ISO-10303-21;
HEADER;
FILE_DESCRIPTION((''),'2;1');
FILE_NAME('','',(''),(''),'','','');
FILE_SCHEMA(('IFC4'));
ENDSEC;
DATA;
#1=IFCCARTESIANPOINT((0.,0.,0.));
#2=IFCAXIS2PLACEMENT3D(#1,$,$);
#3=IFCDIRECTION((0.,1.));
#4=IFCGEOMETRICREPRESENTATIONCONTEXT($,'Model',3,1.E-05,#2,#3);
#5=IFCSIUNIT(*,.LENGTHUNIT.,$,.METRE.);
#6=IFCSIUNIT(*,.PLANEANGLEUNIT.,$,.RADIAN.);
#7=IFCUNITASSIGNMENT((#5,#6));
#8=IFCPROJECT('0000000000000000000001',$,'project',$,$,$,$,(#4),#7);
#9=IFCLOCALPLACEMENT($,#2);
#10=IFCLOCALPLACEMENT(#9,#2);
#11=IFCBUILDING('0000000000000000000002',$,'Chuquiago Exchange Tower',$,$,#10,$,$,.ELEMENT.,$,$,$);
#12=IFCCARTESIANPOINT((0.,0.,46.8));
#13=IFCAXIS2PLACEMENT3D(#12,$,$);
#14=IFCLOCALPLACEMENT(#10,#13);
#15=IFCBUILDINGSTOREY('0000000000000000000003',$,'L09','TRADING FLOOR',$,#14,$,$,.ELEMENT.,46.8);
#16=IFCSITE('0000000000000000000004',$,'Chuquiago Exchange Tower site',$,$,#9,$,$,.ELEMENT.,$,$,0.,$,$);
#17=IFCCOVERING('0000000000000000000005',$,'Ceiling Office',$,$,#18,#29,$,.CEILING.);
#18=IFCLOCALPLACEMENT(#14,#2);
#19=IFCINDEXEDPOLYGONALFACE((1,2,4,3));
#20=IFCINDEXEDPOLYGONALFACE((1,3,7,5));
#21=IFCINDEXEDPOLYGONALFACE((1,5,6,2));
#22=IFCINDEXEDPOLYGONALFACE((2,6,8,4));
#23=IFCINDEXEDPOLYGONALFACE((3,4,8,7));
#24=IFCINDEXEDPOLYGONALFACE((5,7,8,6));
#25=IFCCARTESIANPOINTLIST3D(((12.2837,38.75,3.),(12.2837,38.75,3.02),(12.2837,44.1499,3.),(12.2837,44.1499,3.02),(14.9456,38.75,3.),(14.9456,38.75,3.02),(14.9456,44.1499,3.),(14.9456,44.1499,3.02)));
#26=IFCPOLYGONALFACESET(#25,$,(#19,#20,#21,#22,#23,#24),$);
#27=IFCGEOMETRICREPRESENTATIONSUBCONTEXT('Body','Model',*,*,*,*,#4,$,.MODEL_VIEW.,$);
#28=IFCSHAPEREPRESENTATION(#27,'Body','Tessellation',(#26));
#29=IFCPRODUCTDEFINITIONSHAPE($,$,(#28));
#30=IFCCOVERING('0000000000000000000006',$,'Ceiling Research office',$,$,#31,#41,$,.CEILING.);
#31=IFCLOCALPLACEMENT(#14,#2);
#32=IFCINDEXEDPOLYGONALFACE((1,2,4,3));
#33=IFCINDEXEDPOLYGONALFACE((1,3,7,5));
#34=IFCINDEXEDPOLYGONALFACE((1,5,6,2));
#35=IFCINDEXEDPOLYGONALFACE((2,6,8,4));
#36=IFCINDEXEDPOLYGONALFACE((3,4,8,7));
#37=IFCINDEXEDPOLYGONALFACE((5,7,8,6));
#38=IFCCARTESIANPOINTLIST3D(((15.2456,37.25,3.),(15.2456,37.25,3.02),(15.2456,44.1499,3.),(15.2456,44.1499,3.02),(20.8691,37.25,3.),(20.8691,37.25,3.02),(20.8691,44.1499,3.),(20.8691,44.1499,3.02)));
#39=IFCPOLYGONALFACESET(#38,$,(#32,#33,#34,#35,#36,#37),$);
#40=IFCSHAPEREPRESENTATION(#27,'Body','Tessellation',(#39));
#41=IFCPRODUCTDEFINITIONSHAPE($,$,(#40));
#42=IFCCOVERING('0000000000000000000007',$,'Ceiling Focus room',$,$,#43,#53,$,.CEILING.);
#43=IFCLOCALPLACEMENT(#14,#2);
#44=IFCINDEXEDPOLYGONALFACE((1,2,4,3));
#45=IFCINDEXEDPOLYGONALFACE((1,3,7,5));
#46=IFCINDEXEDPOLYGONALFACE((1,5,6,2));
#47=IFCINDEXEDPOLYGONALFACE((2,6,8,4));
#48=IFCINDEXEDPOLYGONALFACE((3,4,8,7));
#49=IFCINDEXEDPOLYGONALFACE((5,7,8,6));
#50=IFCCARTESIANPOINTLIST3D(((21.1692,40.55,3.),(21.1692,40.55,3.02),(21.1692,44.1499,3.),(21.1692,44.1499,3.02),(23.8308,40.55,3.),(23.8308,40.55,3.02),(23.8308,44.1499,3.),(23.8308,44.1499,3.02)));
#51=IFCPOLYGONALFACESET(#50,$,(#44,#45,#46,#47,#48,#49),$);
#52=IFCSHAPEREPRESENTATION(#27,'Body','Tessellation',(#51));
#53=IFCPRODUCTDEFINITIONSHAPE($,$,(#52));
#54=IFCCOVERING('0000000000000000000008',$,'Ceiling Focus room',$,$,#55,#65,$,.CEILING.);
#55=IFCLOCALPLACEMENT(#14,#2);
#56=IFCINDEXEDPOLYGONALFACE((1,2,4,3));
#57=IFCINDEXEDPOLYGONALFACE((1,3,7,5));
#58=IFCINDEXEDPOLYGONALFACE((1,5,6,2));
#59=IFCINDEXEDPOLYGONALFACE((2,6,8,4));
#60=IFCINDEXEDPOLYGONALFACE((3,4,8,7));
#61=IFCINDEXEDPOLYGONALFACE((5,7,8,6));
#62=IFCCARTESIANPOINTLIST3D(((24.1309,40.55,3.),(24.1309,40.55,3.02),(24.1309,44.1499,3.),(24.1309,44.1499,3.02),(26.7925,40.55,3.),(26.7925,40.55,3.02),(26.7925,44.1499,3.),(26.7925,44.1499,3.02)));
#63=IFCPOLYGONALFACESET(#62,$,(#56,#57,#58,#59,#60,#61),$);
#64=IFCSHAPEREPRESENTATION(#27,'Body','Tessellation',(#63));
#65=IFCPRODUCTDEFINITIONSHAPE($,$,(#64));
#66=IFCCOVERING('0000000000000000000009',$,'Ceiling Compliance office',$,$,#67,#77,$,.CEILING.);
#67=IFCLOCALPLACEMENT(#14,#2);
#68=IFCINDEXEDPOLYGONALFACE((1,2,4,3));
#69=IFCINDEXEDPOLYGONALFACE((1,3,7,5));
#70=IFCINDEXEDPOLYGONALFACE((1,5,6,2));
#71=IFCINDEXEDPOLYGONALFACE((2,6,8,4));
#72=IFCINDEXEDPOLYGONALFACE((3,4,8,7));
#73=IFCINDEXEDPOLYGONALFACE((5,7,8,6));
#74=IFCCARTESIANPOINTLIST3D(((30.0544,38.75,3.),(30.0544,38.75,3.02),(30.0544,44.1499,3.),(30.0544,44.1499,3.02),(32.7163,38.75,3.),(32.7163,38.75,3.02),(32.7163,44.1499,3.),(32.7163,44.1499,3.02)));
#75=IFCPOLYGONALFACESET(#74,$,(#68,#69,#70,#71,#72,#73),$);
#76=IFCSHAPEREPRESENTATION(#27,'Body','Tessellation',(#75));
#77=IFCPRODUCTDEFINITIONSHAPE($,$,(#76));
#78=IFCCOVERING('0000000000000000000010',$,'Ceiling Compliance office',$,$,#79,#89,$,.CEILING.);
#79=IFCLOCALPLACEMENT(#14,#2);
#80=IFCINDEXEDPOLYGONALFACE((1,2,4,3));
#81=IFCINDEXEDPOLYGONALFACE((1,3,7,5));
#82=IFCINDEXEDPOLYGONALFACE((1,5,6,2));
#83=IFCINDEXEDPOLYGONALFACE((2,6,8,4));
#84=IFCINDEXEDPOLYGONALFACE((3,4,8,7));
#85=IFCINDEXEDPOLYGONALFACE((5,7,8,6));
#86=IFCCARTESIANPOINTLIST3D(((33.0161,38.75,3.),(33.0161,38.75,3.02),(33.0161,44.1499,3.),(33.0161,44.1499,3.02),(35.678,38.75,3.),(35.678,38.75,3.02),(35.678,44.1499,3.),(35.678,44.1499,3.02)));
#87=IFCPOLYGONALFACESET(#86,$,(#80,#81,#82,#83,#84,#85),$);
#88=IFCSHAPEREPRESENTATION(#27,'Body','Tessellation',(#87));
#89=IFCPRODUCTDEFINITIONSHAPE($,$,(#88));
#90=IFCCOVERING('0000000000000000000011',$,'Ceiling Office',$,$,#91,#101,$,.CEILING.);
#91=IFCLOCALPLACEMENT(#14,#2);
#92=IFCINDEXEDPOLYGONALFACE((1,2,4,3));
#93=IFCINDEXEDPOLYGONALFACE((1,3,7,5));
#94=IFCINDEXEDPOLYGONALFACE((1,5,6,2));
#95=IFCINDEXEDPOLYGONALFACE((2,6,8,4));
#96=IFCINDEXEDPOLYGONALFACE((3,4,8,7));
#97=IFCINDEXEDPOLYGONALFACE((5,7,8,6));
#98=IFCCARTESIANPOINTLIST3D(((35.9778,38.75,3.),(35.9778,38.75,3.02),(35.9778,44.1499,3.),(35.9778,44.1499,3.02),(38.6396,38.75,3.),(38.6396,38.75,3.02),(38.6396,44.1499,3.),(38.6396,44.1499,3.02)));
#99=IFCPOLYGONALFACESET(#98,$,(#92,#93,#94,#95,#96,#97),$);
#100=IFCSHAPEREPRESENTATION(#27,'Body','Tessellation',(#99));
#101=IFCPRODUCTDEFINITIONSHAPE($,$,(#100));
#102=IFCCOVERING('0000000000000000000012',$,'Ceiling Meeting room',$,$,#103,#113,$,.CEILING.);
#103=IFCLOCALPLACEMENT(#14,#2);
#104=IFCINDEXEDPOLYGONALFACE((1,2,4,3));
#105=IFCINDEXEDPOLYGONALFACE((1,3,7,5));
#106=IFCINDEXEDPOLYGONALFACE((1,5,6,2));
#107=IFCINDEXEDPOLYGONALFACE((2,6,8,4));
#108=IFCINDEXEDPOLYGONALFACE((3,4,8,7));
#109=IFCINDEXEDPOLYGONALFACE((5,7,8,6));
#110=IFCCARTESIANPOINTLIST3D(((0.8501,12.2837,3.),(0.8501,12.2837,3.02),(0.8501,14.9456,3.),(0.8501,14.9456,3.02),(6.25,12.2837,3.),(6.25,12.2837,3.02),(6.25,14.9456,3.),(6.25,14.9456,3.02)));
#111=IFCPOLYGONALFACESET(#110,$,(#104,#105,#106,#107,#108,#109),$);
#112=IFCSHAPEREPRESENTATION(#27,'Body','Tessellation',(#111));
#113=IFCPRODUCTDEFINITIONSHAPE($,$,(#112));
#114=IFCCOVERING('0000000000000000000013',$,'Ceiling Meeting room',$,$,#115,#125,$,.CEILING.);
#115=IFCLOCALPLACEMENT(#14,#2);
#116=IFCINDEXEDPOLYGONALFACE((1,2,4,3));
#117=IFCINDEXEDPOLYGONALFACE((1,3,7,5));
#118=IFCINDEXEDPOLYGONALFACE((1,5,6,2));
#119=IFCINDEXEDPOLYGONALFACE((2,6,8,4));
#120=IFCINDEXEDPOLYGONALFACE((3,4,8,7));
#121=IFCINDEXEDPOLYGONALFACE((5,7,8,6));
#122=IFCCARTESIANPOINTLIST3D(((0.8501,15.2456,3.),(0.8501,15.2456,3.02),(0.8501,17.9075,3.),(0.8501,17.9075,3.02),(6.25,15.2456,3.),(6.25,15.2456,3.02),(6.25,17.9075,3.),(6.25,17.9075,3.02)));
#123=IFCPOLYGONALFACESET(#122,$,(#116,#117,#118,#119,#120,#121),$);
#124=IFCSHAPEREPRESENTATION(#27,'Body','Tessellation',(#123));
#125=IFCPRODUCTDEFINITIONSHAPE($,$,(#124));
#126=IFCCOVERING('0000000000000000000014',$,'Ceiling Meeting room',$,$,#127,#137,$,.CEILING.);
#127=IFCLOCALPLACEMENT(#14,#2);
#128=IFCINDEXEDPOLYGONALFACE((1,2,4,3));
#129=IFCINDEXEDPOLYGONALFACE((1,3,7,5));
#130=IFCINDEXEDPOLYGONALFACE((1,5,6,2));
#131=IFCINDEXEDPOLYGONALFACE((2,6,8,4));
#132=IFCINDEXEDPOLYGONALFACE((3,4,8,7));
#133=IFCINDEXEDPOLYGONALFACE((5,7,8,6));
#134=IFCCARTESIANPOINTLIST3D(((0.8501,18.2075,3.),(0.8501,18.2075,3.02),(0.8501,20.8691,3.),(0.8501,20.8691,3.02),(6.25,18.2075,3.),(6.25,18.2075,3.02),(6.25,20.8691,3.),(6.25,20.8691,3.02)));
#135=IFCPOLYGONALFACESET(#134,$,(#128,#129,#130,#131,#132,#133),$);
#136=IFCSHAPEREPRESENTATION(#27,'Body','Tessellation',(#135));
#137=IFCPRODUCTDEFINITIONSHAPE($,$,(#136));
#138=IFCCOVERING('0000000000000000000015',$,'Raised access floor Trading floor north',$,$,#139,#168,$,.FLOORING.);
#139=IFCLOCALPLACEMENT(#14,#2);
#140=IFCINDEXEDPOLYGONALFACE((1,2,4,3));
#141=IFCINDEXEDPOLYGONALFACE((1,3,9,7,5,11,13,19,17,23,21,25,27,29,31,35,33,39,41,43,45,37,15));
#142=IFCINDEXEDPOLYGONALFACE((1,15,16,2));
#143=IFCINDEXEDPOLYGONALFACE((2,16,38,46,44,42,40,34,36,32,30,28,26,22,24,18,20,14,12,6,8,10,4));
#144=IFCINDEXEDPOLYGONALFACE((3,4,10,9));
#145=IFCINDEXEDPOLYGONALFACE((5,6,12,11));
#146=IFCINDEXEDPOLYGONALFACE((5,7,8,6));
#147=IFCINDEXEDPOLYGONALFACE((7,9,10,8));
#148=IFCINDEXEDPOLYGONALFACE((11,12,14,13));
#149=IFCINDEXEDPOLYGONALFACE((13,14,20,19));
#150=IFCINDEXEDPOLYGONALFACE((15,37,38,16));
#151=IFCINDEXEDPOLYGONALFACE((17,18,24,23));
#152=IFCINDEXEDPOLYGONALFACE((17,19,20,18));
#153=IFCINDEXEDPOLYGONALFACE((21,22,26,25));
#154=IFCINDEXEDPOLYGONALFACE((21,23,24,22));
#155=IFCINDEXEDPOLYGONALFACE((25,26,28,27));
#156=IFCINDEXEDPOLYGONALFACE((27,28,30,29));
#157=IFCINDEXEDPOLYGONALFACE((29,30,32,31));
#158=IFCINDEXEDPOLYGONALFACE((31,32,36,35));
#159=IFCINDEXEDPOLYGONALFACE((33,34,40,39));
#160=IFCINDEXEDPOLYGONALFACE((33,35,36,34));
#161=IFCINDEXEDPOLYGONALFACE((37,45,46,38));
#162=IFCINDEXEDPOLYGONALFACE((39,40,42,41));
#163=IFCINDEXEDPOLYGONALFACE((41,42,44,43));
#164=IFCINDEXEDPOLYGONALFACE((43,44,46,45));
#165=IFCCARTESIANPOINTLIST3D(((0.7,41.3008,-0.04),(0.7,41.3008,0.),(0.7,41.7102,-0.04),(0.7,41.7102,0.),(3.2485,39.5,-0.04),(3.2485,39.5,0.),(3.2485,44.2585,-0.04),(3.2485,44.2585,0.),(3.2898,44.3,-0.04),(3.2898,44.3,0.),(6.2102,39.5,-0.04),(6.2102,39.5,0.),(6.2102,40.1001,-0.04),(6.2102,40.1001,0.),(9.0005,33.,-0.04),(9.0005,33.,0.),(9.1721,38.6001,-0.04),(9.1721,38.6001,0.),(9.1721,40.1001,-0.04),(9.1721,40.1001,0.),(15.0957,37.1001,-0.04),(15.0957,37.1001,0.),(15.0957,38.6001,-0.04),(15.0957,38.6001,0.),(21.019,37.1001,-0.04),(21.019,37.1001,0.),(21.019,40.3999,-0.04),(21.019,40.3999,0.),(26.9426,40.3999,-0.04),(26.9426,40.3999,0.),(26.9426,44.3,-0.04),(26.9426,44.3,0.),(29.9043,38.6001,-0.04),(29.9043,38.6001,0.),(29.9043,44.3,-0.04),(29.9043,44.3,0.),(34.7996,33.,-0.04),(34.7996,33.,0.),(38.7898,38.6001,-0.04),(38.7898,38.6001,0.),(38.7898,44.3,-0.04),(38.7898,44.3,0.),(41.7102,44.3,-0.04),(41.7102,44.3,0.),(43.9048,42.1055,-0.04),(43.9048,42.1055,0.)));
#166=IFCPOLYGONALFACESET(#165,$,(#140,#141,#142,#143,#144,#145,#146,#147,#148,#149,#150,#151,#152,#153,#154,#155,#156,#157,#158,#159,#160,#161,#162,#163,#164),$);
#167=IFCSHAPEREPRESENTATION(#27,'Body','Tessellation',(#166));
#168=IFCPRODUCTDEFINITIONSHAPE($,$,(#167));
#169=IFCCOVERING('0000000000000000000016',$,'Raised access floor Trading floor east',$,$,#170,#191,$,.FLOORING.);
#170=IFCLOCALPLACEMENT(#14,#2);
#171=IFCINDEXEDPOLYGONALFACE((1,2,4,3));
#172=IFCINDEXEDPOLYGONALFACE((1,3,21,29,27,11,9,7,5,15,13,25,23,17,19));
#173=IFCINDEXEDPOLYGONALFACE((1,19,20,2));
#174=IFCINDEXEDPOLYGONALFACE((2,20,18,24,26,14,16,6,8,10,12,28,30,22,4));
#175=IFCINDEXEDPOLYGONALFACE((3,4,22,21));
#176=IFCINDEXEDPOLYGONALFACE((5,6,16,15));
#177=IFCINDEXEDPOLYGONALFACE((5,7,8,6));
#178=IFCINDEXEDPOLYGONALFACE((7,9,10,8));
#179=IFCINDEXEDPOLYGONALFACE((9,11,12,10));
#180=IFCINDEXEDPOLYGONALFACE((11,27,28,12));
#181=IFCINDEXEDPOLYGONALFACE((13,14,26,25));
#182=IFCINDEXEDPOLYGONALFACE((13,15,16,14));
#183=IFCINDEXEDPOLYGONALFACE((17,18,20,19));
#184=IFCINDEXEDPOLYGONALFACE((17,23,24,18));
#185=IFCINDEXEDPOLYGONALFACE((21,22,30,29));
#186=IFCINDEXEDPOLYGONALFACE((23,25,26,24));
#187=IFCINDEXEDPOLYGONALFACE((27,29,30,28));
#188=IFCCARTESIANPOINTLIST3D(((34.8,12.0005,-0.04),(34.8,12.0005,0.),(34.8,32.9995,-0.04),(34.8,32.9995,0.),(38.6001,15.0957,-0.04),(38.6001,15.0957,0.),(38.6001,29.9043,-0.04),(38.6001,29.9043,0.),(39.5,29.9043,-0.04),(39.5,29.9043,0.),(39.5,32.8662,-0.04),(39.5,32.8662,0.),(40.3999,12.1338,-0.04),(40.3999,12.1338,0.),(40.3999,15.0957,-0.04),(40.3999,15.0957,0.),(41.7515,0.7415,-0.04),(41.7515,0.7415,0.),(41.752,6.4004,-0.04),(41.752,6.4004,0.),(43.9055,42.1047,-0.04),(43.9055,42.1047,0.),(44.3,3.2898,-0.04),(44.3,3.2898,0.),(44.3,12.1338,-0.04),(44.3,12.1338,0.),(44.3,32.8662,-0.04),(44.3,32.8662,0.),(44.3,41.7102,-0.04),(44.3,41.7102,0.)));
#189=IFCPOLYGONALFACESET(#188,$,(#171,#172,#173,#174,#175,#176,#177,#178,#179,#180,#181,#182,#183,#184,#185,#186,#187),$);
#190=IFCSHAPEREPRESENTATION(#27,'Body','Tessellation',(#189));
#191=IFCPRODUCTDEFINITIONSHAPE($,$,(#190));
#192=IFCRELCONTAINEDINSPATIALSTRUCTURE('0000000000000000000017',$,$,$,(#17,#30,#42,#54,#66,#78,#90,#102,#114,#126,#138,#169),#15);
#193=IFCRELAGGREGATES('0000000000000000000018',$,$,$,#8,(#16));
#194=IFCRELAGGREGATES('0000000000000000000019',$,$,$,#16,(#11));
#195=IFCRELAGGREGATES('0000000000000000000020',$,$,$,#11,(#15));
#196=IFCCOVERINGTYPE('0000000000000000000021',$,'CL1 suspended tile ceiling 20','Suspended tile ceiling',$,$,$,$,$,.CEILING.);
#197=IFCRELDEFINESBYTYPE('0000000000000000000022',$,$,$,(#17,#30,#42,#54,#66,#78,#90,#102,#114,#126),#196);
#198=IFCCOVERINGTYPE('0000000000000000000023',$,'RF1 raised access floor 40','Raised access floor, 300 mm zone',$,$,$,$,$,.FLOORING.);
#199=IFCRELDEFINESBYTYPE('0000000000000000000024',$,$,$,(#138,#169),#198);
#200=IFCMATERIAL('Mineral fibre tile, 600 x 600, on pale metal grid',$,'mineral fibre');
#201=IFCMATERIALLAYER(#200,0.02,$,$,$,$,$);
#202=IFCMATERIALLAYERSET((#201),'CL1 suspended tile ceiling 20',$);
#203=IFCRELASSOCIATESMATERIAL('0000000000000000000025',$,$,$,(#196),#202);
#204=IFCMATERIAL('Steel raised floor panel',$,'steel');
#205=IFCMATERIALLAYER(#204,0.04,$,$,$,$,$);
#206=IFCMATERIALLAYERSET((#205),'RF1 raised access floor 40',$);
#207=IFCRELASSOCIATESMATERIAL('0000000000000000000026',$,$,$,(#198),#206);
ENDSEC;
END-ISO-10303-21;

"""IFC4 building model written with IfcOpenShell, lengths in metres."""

from ifc_helpers import new_model, si_unit, direction, frame, origin, place, context, subcontext, project, spatial, polyline, outline, extrude, material, layer, layer_set, type_object, element, save


model = new_model("IFC4")

# Units and contexts
model_context = context("Model", 3, precision=1e-05, world=origin(), true_north=direction((0.0, 1.0)))
body_context = subcontext(model_context, "Body", "Model", "MODEL_VIEW")
ifc_project = project(units=[si_unit("LENGTHUNIT", "METRE"), si_unit("PLANEANGLEUNIT", "RADIAN")], contexts=[model_context])

# Site, building, storey
site_placement = place(None, origin())
site = spatial("IfcSite", under=ifc_project, at=site_placement, Name="Chuquiago Exchange Tower site", CompositionType="ELEMENT", RefElevation=0.0)
building_placement = place(site_placement, origin())
building = spatial("IfcBuilding", under=site, at=building_placement, Name="Chuquiago Exchange Tower", CompositionType="ELEMENT")
storey_placement = place(building_placement, frame((0.0, 0.0, 46.8)))
storey = spatial("IfcBuildingStorey", under=building, at=storey_placement, Name="L09", Description="TRADING FLOOR", CompositionType="ELEMENT", Elevation=46.8)

# Coverings
ifc_material_1 = material(Name="Mineral fibre tile, 600 x 600, on pale metal grid", Category="mineral fibre")
ifc_layer_1 = layer(ifc_material_1, 0.02)
ifc_layer_set_1 = layer_set([ifc_layer_1], Name="CL1 suspended tile ceiling 20")
covering_type_1 = type_object("IfcCoveringType", Name="CL1 suspended tile ceiling 20", Description="Suspended tile ceiling", PredefinedType="CEILING", material=ifc_layer_set_1)
covering_1_placement = place(storey_placement, frame((0.0, 0.0, 3.0)))
element("IfcCovering", 1, at=covering_1_placement, inside=storey, type_object=covering_type_1, Name="Ceiling Office", PredefinedType="CEILING", context=body_context, shape_type="SweptSolid", body=[
    extrude(outline(polyline([(14.9456, 38.75), (12.2837, 38.75), (12.2837, 44.1499), (14.9456, 44.1499), (14.9456, 38.75)])), origin(), (0.0, 0.0, 1.0), 0.02),
])
covering_2_placement = place(storey_placement, frame((0.0, 0.0, 3.0)))
element("IfcCovering", 2, at=covering_2_placement, inside=storey, type_object=covering_type_1, Name="Ceiling Research office", PredefinedType="CEILING", context=body_context, shape_type="SweptSolid", body=[
    extrude(outline(polyline([(20.8691, 37.25), (15.2456, 37.25), (15.2456, 44.1499), (20.8691, 44.1499), (20.8691, 37.25)])), origin(), (0.0, 0.0, 1.0), 0.02),
])
covering_3_placement = place(storey_placement, frame((0.0, 0.0, 3.0)))
element("IfcCovering", 3, at=covering_3_placement, inside=storey, type_object=covering_type_1, Name="Ceiling Focus room", PredefinedType="CEILING", context=body_context, shape_type="SweptSolid", body=[
    extrude(outline(polyline([(23.8308, 40.55), (21.1692, 40.55), (21.1692, 44.1499), (23.8308, 44.1499), (23.8308, 40.55)])), origin(), (0.0, 0.0, 1.0), 0.02),
])
covering_4_placement = place(storey_placement, frame((0.0, 0.0, 3.0)))
element("IfcCovering", 4, at=covering_4_placement, inside=storey, type_object=covering_type_1, Name="Ceiling Focus room", PredefinedType="CEILING", context=body_context, shape_type="SweptSolid", body=[
    extrude(outline(polyline([(26.7925, 40.55), (24.1309, 40.55), (24.1309, 44.1499), (26.7925, 44.1499), (26.7925, 40.55)])), origin(), (0.0, 0.0, 1.0), 0.02),
])
covering_5_placement = place(storey_placement, frame((0.0, 0.0, 3.0)))
element("IfcCovering", 5, at=covering_5_placement, inside=storey, type_object=covering_type_1, Name="Ceiling Compliance office", PredefinedType="CEILING", context=body_context, shape_type="SweptSolid", body=[
    extrude(outline(polyline([(32.7163, 38.75), (30.0544, 38.75), (30.0544, 44.1499), (32.7163, 44.1499), (32.7163, 38.75)])), origin(), (0.0, 0.0, 1.0), 0.02),
])
covering_6_placement = place(storey_placement, frame((0.0, 0.0, 3.0)))
element("IfcCovering", 6, at=covering_6_placement, inside=storey, type_object=covering_type_1, Name="Ceiling Compliance office", PredefinedType="CEILING", context=body_context, shape_type="SweptSolid", body=[
    extrude(outline(polyline([(35.678, 38.75), (33.0161, 38.75), (33.0161, 44.1499), (35.678, 44.1499), (35.678, 38.75)])), origin(), (0.0, 0.0, 1.0), 0.02),
])
covering_7_placement = place(storey_placement, frame((0.0, 0.0, 3.0)))
element("IfcCovering", 7, at=covering_7_placement, inside=storey, type_object=covering_type_1, Name="Ceiling Office", PredefinedType="CEILING", context=body_context, shape_type="SweptSolid", body=[
    extrude(outline(polyline([(38.6396, 38.75), (35.9778, 38.75), (35.9778, 44.1499), (38.6396, 44.1499), (38.6396, 38.75)])), origin(), (0.0, 0.0, 1.0), 0.02),
])
covering_8_placement = place(storey_placement, frame((0.0, 0.0, 3.0)))
element("IfcCovering", 8, at=covering_8_placement, inside=storey, type_object=covering_type_1, Name="Ceiling Meeting room", PredefinedType="CEILING", context=body_context, shape_type="SweptSolid", body=[
    extrude(outline(polyline([(6.25, 14.9456), (6.25, 12.2837), (0.8501, 12.2837), (0.8501, 14.9456), (6.25, 14.9456)])), origin(), (0.0, 0.0, 1.0), 0.02),
])
covering_9_placement = place(storey_placement, frame((0.0, 0.0, 3.0)))
element("IfcCovering", 9, at=covering_9_placement, inside=storey, type_object=covering_type_1, Name="Ceiling Meeting room", PredefinedType="CEILING", context=body_context, shape_type="SweptSolid", body=[
    extrude(outline(polyline([(6.25, 17.9075), (6.25, 15.2456), (0.8501, 15.2456), (0.8501, 17.9075), (6.25, 17.9075)])), origin(), (0.0, 0.0, 1.0), 0.02),
])
covering_10_placement = place(storey_placement, frame((0.0, 0.0, 3.0)))
element("IfcCovering", 10, at=covering_10_placement, inside=storey, type_object=covering_type_1, Name="Ceiling Meeting room", PredefinedType="CEILING", context=body_context, shape_type="SweptSolid", body=[
    extrude(outline(polyline([(6.25, 20.8691), (6.25, 18.2075), (0.8501, 18.2075), (0.8501, 20.8691), (6.25, 20.8691)])), origin(), (0.0, 0.0, 1.0), 0.02),
])
ifc_material_2 = material(Name="Steel raised floor panel", Category="steel")
ifc_layer_2 = layer(ifc_material_2, 0.04)
ifc_layer_set_2 = layer_set([ifc_layer_2], Name="RF1 raised access floor 40")
covering_type_2 = type_object("IfcCoveringType", Name="RF1 raised access floor 40", Description="Raised access floor, 300 mm zone", PredefinedType="FLOORING", material=ifc_layer_set_2)
covering_11_placement = place(storey_placement, frame((0.0, 0.0, -0.04)))
element("IfcCovering", 11, at=covering_11_placement, inside=storey, type_object=covering_type_2, Name="Raised access floor Trading floor north", PredefinedType="FLOORING", context=body_context, shape_type="SweptSolid", body=[
    extrude(outline(polyline([(0.7, 41.7102), (3.2898, 44.3), (3.2485, 44.2585), (3.2485, 39.5), (6.2102, 39.5), (6.2102, 40.1001), (9.1721, 40.1001), (9.1721, 38.6001), (15.0957, 38.6001), (15.0957, 37.1001), (21.019, 37.1001), (21.019, 40.3999), (26.9426, 40.3999), (26.9426, 44.3), (29.9043, 44.3), (29.9043, 38.6001), (38.7898, 38.6001), (38.7898, 44.3), (41.7102, 44.3), (43.9048, 42.1055), (34.7996, 33.0), (9.0005, 33.0), (0.7, 41.3008), (0.7, 41.7102)])), origin(), (0.0, 0.0, 1.0), 0.04),
])
covering_12_placement = place(storey_placement, frame((0.0, 0.0, -0.04)))
element("IfcCovering", 12, at=covering_12_placement, inside=storey, type_object=covering_type_2, Name="Raised access floor Trading floor east", PredefinedType="FLOORING", context=body_context, shape_type="SweptSolid", body=[
    extrude(outline(polyline([(44.3, 41.7102), (44.3, 32.8662), (39.5, 32.8662), (39.5, 29.9043), (38.6001, 29.9043), (38.6001, 15.0957), (40.3999, 15.0957), (40.3999, 12.1338), (44.3, 12.1338), (44.3, 3.2898), (41.7515, 0.7415), (41.752, 6.4004), (34.8, 12.0005), (34.8, 32.9995), (43.9055, 42.1047), (44.3, 41.7102)])), origin(), (0.0, 0.0, 1.0), 0.04),
])

save(model, "model.ifc")
